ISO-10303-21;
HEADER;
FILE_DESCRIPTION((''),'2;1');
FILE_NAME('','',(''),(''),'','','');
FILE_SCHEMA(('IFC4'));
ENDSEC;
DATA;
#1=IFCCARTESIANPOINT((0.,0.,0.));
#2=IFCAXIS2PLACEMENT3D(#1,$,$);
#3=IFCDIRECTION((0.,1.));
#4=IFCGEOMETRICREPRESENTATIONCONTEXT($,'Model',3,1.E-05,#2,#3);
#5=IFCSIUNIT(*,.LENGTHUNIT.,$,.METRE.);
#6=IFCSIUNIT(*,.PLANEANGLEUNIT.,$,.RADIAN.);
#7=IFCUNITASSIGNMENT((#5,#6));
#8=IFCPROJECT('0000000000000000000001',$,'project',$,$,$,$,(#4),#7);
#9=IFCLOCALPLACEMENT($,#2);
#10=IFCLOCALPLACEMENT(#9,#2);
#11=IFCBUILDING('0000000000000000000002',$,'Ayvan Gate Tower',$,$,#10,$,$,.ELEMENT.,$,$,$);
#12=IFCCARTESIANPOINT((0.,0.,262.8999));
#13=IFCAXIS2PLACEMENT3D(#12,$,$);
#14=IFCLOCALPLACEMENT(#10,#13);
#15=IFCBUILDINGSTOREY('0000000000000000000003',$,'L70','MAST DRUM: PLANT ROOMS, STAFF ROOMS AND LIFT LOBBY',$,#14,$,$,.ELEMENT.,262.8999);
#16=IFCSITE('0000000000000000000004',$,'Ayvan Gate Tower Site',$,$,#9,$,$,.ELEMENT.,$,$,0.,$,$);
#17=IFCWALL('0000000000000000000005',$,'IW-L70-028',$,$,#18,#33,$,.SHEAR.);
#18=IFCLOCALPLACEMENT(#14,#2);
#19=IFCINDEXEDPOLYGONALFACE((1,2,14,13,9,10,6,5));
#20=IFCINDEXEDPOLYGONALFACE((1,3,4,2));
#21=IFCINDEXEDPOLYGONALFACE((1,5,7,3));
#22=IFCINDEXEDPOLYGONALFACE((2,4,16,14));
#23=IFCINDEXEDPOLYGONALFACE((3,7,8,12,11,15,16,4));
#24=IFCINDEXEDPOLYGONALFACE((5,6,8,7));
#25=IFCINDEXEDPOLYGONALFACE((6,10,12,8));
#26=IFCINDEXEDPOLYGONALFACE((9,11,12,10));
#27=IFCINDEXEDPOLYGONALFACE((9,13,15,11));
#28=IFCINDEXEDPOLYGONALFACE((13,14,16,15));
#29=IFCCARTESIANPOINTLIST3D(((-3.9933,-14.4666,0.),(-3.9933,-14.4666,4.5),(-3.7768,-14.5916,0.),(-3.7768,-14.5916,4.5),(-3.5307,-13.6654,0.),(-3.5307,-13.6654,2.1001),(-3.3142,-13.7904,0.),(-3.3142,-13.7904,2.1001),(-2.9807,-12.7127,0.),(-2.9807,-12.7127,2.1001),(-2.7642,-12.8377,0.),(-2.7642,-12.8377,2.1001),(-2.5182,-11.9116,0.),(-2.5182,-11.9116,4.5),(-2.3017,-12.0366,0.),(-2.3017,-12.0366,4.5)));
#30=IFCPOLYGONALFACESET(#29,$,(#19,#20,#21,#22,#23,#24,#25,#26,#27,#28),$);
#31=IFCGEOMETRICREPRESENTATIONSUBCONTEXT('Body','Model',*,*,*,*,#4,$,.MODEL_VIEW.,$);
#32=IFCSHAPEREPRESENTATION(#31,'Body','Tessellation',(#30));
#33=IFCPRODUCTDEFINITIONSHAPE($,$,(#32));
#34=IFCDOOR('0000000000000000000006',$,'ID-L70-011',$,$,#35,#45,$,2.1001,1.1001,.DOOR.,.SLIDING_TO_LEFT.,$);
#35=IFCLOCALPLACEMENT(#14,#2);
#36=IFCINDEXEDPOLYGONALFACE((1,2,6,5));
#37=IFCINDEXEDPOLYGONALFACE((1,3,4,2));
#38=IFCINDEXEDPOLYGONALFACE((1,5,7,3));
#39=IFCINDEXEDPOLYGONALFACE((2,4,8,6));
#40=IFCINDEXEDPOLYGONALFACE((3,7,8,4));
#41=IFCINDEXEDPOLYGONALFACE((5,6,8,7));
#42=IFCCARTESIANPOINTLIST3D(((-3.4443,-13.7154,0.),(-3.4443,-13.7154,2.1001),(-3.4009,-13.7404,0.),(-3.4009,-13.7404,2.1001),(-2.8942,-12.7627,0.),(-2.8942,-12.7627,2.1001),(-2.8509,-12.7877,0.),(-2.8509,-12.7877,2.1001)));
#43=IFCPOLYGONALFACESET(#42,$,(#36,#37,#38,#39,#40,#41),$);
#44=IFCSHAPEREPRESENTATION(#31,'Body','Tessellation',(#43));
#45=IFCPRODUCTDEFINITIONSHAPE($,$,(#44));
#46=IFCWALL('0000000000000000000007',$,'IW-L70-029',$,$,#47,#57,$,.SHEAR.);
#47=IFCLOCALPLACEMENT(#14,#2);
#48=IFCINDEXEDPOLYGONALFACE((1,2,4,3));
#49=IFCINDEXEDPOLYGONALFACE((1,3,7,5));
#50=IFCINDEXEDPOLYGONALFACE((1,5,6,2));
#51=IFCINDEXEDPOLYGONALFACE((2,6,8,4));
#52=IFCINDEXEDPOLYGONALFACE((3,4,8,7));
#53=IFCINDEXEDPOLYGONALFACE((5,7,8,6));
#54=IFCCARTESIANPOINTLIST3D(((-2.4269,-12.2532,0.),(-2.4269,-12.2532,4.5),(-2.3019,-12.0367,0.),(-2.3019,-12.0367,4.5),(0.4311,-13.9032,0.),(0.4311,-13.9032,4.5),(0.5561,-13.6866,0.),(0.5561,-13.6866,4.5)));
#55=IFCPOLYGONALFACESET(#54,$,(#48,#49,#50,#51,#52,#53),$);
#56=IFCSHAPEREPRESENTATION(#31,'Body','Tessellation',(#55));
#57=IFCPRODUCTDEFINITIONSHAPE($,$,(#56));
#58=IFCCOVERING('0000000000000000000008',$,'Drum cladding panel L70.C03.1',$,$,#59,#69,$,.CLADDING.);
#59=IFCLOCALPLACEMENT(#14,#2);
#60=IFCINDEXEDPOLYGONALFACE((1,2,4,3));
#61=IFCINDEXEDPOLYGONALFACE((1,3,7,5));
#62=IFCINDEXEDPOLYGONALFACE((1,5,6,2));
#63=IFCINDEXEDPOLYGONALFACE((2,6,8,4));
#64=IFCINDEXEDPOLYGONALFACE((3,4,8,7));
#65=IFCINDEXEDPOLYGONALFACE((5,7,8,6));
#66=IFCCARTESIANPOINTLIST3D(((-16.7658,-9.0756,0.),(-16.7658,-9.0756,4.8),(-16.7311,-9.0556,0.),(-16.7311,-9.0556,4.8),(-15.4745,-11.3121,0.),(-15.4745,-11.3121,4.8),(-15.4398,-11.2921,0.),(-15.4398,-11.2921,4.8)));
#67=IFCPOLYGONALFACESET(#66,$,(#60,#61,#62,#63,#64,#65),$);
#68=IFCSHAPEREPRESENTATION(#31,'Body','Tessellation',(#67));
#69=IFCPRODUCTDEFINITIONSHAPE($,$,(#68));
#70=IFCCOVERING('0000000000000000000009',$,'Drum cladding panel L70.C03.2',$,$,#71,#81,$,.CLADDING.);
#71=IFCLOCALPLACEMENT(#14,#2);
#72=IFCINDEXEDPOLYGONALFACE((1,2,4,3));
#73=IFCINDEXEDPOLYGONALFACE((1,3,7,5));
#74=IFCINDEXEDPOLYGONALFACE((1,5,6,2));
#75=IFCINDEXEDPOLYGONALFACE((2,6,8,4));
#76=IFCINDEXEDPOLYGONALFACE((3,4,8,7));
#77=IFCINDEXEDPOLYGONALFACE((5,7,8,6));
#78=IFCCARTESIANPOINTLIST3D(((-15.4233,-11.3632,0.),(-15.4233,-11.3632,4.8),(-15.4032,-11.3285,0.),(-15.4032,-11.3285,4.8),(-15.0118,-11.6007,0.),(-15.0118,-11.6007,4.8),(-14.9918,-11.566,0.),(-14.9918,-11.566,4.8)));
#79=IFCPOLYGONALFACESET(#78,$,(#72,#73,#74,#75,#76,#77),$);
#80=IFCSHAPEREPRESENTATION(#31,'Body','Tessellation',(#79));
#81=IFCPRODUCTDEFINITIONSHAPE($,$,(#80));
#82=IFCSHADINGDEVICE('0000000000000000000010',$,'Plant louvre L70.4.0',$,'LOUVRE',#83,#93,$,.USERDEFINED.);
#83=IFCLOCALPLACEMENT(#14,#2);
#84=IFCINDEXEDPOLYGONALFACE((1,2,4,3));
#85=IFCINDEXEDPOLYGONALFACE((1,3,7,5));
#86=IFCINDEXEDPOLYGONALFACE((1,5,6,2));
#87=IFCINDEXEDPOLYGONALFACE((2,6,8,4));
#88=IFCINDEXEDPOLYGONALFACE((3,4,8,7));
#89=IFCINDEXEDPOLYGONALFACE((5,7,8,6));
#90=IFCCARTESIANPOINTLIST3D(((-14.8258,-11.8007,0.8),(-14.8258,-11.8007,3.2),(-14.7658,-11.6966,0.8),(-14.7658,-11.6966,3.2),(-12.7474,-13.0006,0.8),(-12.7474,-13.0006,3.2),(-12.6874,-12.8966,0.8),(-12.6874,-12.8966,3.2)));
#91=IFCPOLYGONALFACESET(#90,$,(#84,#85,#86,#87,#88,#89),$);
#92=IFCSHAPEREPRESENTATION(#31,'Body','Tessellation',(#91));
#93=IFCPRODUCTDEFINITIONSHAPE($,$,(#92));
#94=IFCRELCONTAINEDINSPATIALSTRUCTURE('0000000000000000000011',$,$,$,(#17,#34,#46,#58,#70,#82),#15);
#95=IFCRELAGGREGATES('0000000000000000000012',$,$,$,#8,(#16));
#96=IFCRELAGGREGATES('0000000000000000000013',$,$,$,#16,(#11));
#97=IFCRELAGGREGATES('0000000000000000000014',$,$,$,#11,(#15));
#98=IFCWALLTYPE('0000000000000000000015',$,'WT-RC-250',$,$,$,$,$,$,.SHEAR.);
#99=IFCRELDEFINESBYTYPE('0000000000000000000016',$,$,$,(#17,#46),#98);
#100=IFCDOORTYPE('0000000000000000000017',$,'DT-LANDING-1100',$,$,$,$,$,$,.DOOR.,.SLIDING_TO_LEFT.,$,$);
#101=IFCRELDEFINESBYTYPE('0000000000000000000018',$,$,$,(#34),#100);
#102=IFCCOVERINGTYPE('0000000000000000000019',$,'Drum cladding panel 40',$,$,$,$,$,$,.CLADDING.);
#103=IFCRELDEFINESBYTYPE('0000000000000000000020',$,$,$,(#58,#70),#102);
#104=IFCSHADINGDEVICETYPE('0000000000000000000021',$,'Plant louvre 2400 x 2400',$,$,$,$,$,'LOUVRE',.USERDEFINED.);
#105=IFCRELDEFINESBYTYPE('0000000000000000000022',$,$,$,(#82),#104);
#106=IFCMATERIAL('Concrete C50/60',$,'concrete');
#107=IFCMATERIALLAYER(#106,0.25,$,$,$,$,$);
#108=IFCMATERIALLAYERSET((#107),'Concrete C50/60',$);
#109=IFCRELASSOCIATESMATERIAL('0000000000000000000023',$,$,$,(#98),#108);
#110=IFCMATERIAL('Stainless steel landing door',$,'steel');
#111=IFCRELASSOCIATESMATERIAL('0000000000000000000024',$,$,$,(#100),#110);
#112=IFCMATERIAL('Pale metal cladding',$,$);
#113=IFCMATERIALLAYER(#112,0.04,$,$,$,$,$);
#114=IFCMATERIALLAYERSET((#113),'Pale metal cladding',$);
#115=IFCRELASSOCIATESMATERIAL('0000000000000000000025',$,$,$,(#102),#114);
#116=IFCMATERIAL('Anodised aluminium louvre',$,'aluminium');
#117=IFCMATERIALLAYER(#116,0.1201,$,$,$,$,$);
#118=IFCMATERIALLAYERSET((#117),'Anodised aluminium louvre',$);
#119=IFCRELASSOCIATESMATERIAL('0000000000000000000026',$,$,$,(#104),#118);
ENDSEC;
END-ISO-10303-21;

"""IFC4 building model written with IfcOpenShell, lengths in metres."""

from ifc_helpers import new_model, si_unit, direction, frame, frame_2d, origin, origin_2d, place, context, subcontext, project, spatial, rectangle, extrude, material, layer, layer_set, type_object, element, fill, save


model = new_model("IFC4")

# Units and contexts
model_context = context("Model", 3, precision=1e-05, world=origin(), true_north=direction((0.0, 1.0)))
body_context = subcontext(model_context, "Body", "Model", "MODEL_VIEW")
ifc_project = project(units=[si_unit("LENGTHUNIT", "METRE"), si_unit("PLANEANGLEUNIT", "RADIAN")], contexts=[model_context])

# Site, building, storey
site_placement = place(None, origin())
site = spatial("IfcSite", under=ifc_project, at=site_placement, Name="Ayvan Gate Tower Site", CompositionType="ELEMENT", RefElevation=0.0)
building_placement = place(site_placement, origin())
building = spatial("IfcBuilding", under=site, at=building_placement, Name="Ayvan Gate Tower", CompositionType="ELEMENT")
storey_placement = place(building_placement, frame((0.0, 0.0, 262.8999)))
storey = spatial("IfcBuildingStorey", under=building, at=storey_placement, Name="L70", Description="MAST DRUM: PLANT ROOMS, STAFF ROOMS AND LIFT LOBBY", CompositionType="ELEMENT", Elevation=262.8999)

# Shared definitions
ifc_material_1 = material(Name="Anodised aluminium louvre", Category="aluminium")

# Shared definitions
ifc_material_2 = material(Name="Concrete C50/60", Category="concrete")
ifc_layer_1 = layer(ifc_material_2, 0.25)
ifc_layer_set_1 = layer_set([ifc_layer_1], Name="Concrete C50/60")
wall_type_1 = type_object("IfcWallType", Name="WT-RC-250", PredefinedType="SHEAR", material=ifc_layer_set_1)

# Wall, opening, door
wall_1_placement = place(storey_placement, frame((-2.4099, -11.9741, 0.0), z_axis=(0.0, 0.0, 1.0), x_axis=(-0.500002, -0.866024, 0.0)))
wall_1 = element("IfcWall", 1, at=wall_1_placement, inside=storey, type_object=wall_type_1, Name="IW-L70-028", PredefinedType="SHEAR", context=body_context, shape_type="SweptSolid", body=[
    extrude(rectangle(XDim=2.9502, YDim=0.25, at=frame_2d((1.4751, 0.0))), origin(), (0.0, 0.0, 1.0), 4.5),
])
opening_1_placement = place(wall_1_placement, frame((0.925, 0.0, 0.0)))
opening_1 = element("IfcOpeningElement", 2, at=opening_1_placement, cuts=wall_1, PredefinedType="OPENING", context=body_context, shape_type="SweptSolid", body=[
    extrude(rectangle(XDim=1.1001, YDim=2.1001, at=frame_2d((0.55, 1.05))), frame((0.0, 0.135, 0.0), z_axis=(0.0, -1.0, 0.0), x_axis=(1.0, 0.0, 0.0)), (0.0, 0.0, 1.0), 0.27),
])
ifc_material_3 = material(Name="Stainless steel landing door", Category="steel")
door_type_1 = type_object("IfcDoorType", Name="DT-LANDING-1100", OperationType="SLIDING_TO_LEFT", PredefinedType="DOOR", material=ifc_material_3)
door_1_placement = place(opening_1_placement, origin())
door_1 = element("IfcDoor", 3, at=door_1_placement, inside=storey, type_object=door_type_1, Name="ID-L70-011", OperationType="SLIDING_TO_LEFT", OverallHeight=2.1001, OverallWidth=1.1001, PredefinedType="DOOR", context=body_context, shape_type="SweptSolid", body=[
    extrude(rectangle(XDim=1.1001, YDim=2.1001, at=frame_2d((0.55, 1.05))), frame((0.0, 0.0249, 0.0), z_axis=(0.0, -1.0, 0.0), x_axis=(1.0, 0.0, 0.0)), (0.0, 0.0, 1.0), 0.05),
])
fill(opening_1, door_1)

# Wall
wall_2_placement = place(storey_placement, frame((-2.3643, -12.145, 0.0), z_axis=(0.0, 0.0, 1.0), x_axis=(0.86604, -0.499974, 0.0)))
element("IfcWall", 4, at=wall_2_placement, inside=storey, type_object=wall_type_1, Name="IW-L70-029", PredefinedType="SHEAR", context=body_context, shape_type="SweptSolid", body=[
    extrude(rectangle(XDim=3.3, YDim=0.25, at=frame_2d((1.6499, 0.0))), origin(), (0.0, 0.0, 1.0), 4.5),
])

# Coverings
ifc_material_4 = material(Name="Pale metal cladding")
ifc_layer_2 = layer(ifc_material_4, 0.04)
ifc_layer_set_2 = layer_set([ifc_layer_2], Name="Pale metal cladding")
covering_type = type_object("IfcCoveringType", Name="Drum cladding panel 40", PredefinedType="CLADDING", material=ifc_layer_set_2)
covering_1_placement = place(storey_placement, frame((-16.1028, -10.1838, 0.0), z_axis=(0.0, 0.0, 1.0), x_axis=(0.5, -0.866025, 0.0)))
element("IfcCovering", 5, at=covering_1_placement, inside=storey, type_object=covering_type, Name="Drum cladding panel L70.C03.1", PredefinedType="CLADDING", context=body_context, shape_type="SweptSolid", body=[
    extrude(rectangle(XDim=2.5825, YDim=0.04, at=origin_2d()), origin(), (0.0, 0.0, 1.0), 4.8),
])
covering_2_placement = place(storey_placement, frame((-15.2075, -11.4646, 0.0), z_axis=(0.0, 0.0, 1.0), x_axis=(0.866025, -0.5, 0.0)))
element("IfcCovering", 6, at=covering_2_placement, inside=storey, type_object=covering_type, Name="Drum cladding panel L70.C03.2", PredefinedType="CLADDING", context=body_context, shape_type="SweptSolid", body=[
    extrude(rectangle(XDim=0.4751, YDim=0.04, at=origin_2d()), origin(), (0.0, 0.0, 1.0), 4.8),
])

# Shading device
ifc_layer_3 = layer(ifc_material_1, 0.1201)
ifc_layer_set_3 = layer_set([ifc_layer_3], Name="Anodised aluminium louvre")
shading_device_type = type_object("IfcShadingDeviceType", Name="Plant louvre 2400 x 2400", ElementType="LOUVRE", PredefinedType="USERDEFINED", material=ifc_layer_set_3)
shading_device_placement = place(storey_placement, frame((-13.7566, -12.3486, 0.8), z_axis=(0.0, 0.0, 1.0), x_axis=(0.866025, -0.5, 0.0)))
element("IfcShadingDevice", 7, at=shading_device_placement, inside=storey, type_object=shading_device_type, Name="Plant louvre L70.4.0", ObjectType="LOUVRE", PredefinedType="USERDEFINED", context=body_context, shape_type="SweptSolid", body=[
    extrude(rectangle(XDim=2.3999, YDim=0.1201, at=origin_2d()), origin(), (0.0, 0.0, 1.0), 2.3999),
])

save(model, "model.ifc")
